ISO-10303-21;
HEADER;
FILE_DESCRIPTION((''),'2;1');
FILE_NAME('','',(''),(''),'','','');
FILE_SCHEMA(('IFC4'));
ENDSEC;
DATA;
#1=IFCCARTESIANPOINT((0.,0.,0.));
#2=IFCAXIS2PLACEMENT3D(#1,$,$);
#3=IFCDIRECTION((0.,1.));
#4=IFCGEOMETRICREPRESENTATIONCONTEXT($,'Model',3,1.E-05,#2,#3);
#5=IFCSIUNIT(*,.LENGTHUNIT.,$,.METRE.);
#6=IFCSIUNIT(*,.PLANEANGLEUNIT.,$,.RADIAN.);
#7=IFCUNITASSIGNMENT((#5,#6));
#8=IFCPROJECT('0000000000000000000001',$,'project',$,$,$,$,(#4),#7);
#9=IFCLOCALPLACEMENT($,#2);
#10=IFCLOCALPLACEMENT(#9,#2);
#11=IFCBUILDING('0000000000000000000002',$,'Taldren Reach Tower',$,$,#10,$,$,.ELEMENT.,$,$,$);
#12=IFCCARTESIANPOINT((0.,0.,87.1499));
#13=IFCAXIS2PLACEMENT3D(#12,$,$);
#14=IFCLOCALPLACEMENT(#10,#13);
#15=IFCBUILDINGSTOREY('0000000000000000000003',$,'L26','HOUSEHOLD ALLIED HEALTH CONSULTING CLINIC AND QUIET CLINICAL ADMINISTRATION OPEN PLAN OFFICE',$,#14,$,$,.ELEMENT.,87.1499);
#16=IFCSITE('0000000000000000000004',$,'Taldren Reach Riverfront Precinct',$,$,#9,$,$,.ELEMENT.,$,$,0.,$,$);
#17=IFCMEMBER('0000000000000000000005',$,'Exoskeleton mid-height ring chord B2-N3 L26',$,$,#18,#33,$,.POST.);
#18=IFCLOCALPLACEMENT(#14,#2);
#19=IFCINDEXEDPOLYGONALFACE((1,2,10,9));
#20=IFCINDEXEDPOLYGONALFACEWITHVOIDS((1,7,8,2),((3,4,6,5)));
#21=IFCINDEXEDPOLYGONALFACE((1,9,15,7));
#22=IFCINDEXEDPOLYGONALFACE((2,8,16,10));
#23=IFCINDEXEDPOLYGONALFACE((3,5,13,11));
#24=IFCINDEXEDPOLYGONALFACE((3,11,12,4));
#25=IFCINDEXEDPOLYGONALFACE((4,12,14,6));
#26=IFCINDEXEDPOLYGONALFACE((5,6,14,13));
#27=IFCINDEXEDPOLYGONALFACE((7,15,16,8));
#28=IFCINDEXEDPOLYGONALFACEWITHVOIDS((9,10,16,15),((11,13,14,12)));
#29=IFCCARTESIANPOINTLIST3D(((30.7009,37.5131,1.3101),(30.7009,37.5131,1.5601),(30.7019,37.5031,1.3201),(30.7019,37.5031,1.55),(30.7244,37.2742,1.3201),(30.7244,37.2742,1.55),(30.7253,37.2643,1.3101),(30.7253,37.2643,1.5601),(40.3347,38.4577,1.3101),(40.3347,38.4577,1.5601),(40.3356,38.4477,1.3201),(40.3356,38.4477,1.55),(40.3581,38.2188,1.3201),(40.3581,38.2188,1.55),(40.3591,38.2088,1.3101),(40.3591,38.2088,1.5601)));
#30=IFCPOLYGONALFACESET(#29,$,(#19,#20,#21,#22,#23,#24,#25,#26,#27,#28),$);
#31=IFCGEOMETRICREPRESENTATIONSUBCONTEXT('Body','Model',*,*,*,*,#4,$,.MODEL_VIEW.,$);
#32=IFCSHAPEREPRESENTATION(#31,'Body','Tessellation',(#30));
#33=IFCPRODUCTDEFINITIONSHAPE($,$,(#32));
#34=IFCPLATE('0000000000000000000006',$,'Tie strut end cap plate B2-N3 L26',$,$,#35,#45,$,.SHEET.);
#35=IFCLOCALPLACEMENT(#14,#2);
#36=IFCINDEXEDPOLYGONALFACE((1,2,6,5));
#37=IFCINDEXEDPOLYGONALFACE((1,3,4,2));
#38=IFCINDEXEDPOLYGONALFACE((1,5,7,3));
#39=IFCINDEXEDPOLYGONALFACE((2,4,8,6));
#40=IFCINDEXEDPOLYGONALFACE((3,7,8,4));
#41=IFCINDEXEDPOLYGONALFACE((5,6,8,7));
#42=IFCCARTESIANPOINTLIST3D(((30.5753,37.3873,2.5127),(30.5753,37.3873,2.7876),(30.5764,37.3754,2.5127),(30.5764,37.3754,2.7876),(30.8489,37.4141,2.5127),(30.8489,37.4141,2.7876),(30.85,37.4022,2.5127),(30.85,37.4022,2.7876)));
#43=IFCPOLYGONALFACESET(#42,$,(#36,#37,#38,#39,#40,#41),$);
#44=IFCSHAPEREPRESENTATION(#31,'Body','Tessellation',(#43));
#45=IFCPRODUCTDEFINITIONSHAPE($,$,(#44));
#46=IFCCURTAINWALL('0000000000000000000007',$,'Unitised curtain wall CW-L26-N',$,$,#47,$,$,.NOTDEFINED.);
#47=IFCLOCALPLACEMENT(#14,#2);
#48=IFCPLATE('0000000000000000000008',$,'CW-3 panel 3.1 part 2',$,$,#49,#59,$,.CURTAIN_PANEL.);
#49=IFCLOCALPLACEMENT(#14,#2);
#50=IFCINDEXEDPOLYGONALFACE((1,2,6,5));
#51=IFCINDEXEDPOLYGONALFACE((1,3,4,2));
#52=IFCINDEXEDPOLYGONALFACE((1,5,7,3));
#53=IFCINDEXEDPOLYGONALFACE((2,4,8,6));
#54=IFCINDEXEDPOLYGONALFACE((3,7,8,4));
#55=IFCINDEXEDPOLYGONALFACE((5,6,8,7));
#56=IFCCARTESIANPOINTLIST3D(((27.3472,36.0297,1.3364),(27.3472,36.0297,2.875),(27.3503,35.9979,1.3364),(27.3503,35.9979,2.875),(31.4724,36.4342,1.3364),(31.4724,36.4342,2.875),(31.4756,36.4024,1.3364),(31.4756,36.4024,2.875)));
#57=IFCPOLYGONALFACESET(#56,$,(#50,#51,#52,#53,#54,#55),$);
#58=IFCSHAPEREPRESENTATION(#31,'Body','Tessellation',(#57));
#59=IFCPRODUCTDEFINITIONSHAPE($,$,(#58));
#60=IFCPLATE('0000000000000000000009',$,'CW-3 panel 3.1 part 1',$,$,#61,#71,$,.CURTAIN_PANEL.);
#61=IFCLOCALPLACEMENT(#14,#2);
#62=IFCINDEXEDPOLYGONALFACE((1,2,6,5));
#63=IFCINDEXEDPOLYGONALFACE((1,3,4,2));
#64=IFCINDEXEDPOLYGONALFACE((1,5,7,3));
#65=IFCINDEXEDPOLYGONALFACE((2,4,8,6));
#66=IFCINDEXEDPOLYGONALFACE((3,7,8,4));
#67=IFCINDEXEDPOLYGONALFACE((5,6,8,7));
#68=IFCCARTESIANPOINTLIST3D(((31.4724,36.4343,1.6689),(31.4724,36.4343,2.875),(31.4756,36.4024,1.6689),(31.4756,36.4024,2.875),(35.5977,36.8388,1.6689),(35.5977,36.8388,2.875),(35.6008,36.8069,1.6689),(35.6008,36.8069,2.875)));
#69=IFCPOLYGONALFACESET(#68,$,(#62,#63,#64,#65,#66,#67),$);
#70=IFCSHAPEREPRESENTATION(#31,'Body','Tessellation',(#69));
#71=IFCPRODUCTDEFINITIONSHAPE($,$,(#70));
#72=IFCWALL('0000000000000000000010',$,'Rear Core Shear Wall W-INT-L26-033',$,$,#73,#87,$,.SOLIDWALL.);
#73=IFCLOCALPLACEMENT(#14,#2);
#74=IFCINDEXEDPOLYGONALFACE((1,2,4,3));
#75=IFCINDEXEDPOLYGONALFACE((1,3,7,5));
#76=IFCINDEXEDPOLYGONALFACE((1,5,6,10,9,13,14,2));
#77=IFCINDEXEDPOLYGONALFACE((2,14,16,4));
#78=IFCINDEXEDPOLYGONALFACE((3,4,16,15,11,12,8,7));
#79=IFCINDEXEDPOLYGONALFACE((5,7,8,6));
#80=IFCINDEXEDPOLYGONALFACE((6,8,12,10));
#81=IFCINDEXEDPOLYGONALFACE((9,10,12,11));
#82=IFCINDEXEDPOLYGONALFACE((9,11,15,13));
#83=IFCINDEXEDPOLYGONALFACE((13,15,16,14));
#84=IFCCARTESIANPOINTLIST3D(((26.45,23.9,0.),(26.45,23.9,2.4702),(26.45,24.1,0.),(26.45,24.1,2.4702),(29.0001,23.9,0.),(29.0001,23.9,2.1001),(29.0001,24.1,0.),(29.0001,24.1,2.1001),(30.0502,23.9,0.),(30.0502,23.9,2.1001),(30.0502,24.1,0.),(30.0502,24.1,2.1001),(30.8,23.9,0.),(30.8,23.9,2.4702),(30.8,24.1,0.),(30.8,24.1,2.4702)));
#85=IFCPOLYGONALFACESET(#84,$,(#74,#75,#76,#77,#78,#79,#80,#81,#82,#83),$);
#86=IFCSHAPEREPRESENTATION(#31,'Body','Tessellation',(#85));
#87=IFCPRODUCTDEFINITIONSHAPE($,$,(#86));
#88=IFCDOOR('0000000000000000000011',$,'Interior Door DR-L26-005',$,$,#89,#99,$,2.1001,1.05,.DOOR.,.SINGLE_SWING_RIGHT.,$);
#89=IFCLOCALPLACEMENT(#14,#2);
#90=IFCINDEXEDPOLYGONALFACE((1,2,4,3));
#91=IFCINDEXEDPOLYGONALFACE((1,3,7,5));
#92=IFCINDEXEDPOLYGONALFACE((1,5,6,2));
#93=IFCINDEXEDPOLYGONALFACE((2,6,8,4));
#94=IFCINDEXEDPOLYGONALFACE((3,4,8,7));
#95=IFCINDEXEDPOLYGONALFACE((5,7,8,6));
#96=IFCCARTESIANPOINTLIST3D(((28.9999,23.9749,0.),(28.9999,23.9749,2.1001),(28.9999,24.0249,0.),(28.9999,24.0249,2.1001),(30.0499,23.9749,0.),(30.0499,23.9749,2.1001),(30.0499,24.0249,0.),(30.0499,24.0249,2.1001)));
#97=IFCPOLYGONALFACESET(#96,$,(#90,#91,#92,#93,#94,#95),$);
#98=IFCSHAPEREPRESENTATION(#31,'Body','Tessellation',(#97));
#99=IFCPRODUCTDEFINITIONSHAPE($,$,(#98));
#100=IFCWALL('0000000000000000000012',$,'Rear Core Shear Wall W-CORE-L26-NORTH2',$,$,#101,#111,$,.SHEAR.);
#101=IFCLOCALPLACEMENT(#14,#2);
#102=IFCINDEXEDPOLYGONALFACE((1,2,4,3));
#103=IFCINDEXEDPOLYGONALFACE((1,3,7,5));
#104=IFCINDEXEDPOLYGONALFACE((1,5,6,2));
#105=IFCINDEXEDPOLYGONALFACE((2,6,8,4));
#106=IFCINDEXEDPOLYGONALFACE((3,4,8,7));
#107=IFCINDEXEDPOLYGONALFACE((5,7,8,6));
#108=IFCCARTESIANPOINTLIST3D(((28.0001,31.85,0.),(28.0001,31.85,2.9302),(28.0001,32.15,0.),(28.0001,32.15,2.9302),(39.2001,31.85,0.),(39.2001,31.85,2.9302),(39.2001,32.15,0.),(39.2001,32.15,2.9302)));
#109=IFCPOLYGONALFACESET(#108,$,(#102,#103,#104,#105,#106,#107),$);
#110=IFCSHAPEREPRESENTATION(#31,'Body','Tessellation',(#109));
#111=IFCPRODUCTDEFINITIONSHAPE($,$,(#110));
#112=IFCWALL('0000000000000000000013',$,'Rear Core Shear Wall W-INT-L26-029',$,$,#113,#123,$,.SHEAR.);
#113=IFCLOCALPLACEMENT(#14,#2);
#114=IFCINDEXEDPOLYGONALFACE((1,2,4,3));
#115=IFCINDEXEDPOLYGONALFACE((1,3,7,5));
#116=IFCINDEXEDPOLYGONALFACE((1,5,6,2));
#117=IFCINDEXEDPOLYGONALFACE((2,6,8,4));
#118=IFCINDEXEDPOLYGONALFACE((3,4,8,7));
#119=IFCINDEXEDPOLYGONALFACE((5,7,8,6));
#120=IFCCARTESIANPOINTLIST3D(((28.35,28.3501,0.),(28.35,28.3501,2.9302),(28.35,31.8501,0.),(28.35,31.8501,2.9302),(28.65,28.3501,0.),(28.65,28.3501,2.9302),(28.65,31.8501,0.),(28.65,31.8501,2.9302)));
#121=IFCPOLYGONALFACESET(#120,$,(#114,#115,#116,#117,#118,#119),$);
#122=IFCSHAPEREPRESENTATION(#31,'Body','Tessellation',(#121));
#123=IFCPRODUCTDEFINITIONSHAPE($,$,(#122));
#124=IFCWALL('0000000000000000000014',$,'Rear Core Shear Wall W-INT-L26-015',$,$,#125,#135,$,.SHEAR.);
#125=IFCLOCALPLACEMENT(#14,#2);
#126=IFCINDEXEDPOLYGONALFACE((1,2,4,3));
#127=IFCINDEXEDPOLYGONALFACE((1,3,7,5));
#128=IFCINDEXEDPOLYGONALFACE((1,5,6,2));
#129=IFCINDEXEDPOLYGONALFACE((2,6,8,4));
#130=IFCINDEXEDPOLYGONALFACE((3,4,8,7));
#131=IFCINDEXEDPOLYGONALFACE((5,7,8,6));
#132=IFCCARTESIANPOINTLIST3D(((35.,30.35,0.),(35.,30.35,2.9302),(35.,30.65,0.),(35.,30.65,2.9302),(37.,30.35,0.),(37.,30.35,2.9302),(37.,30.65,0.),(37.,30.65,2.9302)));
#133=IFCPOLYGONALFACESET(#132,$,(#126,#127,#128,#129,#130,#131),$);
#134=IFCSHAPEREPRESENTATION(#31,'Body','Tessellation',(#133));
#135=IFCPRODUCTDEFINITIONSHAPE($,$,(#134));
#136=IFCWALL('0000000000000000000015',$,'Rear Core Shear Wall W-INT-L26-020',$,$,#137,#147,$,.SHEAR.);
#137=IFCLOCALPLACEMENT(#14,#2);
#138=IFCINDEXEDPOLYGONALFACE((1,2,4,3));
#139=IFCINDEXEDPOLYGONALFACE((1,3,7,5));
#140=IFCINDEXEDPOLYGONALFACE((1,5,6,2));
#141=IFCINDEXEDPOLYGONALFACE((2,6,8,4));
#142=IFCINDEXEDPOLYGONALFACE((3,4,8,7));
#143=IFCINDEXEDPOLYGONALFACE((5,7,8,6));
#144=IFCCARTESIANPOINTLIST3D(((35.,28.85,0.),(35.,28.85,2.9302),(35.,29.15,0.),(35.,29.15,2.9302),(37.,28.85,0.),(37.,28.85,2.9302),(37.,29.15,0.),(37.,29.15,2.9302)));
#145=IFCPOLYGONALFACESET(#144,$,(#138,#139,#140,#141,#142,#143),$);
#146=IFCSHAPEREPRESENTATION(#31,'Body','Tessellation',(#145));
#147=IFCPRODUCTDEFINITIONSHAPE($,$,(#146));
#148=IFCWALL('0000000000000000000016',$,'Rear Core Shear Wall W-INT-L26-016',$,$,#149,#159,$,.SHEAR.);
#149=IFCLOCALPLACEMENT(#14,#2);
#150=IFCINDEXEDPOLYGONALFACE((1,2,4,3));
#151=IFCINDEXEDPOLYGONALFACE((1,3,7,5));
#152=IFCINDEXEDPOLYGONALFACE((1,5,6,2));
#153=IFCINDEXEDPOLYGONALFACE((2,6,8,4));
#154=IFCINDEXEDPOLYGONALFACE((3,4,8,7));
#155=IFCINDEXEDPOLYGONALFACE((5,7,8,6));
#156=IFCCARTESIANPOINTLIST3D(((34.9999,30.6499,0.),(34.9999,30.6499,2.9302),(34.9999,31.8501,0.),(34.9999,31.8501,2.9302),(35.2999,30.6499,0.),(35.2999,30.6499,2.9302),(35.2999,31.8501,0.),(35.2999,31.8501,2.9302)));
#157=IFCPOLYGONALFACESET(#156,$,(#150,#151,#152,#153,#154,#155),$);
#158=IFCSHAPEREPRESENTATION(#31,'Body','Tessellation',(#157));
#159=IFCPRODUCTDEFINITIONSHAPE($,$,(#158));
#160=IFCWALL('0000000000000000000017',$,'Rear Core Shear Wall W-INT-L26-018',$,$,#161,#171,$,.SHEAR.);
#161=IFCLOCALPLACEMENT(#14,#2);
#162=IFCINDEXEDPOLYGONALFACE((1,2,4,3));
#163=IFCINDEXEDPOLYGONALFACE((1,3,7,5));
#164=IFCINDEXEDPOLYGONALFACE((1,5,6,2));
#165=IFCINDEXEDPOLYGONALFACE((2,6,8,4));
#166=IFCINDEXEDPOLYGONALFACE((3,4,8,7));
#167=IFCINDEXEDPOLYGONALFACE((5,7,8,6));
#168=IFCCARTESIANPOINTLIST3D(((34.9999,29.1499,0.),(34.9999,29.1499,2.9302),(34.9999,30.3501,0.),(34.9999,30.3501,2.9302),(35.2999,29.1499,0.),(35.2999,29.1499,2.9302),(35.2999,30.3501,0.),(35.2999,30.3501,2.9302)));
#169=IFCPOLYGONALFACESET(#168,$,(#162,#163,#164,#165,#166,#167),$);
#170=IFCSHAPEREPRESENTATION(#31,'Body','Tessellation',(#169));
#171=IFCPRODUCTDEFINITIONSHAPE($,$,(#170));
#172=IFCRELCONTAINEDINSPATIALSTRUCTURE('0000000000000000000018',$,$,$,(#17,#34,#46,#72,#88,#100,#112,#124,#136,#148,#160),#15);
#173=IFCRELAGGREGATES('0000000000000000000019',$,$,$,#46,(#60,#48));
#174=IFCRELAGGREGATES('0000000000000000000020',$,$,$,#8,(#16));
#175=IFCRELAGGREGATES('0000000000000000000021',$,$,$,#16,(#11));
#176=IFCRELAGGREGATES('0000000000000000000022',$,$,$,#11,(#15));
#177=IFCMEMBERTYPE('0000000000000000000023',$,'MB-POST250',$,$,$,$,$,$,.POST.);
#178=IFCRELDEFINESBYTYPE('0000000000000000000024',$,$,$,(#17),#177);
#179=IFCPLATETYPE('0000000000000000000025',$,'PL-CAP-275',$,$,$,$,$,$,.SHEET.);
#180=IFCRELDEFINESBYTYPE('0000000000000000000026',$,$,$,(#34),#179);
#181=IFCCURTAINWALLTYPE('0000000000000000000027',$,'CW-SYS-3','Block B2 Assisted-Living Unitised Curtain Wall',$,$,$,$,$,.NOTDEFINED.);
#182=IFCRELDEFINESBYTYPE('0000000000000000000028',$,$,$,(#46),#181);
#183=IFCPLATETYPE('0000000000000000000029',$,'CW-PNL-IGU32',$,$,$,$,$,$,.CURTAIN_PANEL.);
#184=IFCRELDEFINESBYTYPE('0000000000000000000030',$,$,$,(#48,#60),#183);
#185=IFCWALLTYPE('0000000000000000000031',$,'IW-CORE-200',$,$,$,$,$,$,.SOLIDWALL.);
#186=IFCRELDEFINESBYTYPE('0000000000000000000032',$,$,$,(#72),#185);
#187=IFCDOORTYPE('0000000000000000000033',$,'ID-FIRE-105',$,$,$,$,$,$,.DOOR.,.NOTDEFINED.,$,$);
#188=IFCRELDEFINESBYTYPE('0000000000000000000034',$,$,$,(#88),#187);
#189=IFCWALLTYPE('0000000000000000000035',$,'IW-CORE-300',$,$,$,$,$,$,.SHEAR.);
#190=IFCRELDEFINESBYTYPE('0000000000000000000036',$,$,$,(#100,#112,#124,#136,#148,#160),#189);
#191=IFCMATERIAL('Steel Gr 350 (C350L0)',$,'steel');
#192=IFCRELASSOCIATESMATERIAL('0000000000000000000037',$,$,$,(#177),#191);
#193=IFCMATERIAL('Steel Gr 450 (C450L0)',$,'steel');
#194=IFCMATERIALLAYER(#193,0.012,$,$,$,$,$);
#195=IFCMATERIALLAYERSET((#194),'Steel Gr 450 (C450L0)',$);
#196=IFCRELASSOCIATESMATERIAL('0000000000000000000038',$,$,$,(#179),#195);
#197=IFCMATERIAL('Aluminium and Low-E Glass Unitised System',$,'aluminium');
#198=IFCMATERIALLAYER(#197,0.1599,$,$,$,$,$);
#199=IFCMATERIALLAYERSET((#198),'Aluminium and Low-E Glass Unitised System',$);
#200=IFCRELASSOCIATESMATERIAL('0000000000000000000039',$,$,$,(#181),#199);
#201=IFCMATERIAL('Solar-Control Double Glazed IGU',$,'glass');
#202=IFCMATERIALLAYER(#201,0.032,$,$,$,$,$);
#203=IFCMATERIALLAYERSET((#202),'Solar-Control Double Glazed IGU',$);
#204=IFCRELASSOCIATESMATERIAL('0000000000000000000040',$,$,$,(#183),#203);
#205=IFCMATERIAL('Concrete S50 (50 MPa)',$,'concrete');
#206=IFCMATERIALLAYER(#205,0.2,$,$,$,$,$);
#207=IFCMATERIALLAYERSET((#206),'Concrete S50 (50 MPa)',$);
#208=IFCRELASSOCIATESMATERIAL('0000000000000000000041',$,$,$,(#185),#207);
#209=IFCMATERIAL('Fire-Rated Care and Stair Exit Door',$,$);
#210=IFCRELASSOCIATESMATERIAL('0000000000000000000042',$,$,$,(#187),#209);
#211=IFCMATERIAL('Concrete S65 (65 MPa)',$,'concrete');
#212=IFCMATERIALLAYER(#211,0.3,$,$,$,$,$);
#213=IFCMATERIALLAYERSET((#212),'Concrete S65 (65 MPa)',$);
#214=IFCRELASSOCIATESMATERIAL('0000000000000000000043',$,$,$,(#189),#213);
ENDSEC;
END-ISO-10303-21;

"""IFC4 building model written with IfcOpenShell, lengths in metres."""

from ifc_helpers import new_model, si_unit, direction, frame, frame_2d, origin, origin_2d, place, context, subcontext, project, spatial, rectangle, hollow_rectangle, extrude, source, transform, mapped, material, layer, layer_set, material_profile, profile_set, type_object, element, fill, aggregate, save


model = new_model("IFC4")

# Units and contexts
model_context = context("Model", 3, precision=1e-05, world=origin(), true_north=direction((0.0, 1.0)))
body_context = subcontext(model_context, "Body", "Model", "MODEL_VIEW")
ifc_project = project(units=[si_unit("LENGTHUNIT", "METRE"), si_unit("PLANEANGLEUNIT", "RADIAN")], contexts=[model_context])

# Site, building, storey
site_placement = place(None, origin())
site = spatial("IfcSite", under=ifc_project, at=site_placement, Name="Taldren Reach Riverfront Precinct", CompositionType="ELEMENT", RefElevation=0.0)
building_placement = place(site_placement, origin())
building = spatial("IfcBuilding", under=site, at=building_placement, Name="Taldren Reach Tower", CompositionType="ELEMENT")
storey_placement = place(building_placement, frame((0.0, 0.0, 87.1499)))
storey = spatial("IfcBuildingStorey", under=building, at=storey_placement, Name="L26", Description="HOUSEHOLD ALLIED HEALTH CONSULTING CLINIC AND QUIET CLINICAL ADMINISTRATION OPEN PLAN OFFICE", CompositionType="ELEMENT", Elevation=87.1499)

# Shared definitions
ifc_material_1 = material(Name="Steel Gr 450 (C450L0)", Category="steel")
ifc_material_2 = material(Name="Steel Gr 350 (C350L0)", Category="steel")
ifc_material_profile_1 = material_profile(ifc_material_2, hollow_rectangle(XDim=0.25, YDim=0.25, WallThickness=0.01, at=origin_2d()), Name="250x250x10.0SHS")
ifc_profile_set_1 = profile_set([ifc_material_profile_1], Name="Steel Gr 350 (C350L0)")
member_type_1 = type_object("IfcMemberType", Name="MB-POST250", PredefinedType="POST", material=ifc_profile_set_1)

# Member
shared_shape_1 = source(origin(), body_context, "Body", "SweptSolid", [
    extrude(hollow_rectangle(XDim=0.25, YDim=0.25, WallThickness=0.01, at=origin_2d()), origin(), (0.0, 0.0, 1.0), 9.6799),
])
member_1_placement = place(storey_placement, frame((30.7131, 37.3887, 1.4351), z_axis=(0.995228, 0.097581, 0.0), x_axis=(-0.097581, 0.995228, 0.0)))
element("IfcMember", 1, at=member_1_placement, inside=storey, type_object=member_type_1, Name="Exoskeleton mid-height ring chord B2-N3 L26", PredefinedType="POST", context=body_context, shape_type="MappedRepresentation", body=[
    mapped(shared_shape_1, transform((0.0, 0.0, 0.0), scale=1.0)),
])

# Plate
ifc_layer_1 = layer(ifc_material_1, 0.012)
ifc_layer_set_1 = layer_set([ifc_layer_1], Name="Steel Gr 450 (C450L0)")
plate_type_1 = type_object("IfcPlateType", Name="PL-CAP-275", PredefinedType="SHEET", material=ifc_layer_set_1)
shared_shape_2 = source(origin(), body_context, "Body", "SweptSolid", [
    extrude(rectangle(XDim=0.2749, YDim=0.012, at=origin_2d()), origin(), (0.0, 0.0, 1.0), 0.2749),
])
plate_1_placement = place(storey_placement, frame((30.7126, 37.3948, 2.5127), z_axis=(0.0, 0.0, 1.0), x_axis=(0.995227, 0.097583, 0.0)))
element("IfcPlate", 2, at=plate_1_placement, inside=storey, type_object=plate_type_1, Name="Tie strut end cap plate B2-N3 L26", PredefinedType="SHEET", context=body_context, shape_type="MappedRepresentation", body=[
    mapped(shared_shape_2, transform((0.0, 0.0, 0.0), scale=1.0)),
])

# Curtain wall, plates
ifc_material_3 = material(Name="Aluminium and Low-E Glass Unitised System", Category="aluminium")
ifc_layer_2 = layer(ifc_material_3, 0.1599)
ifc_layer_set_2 = layer_set([ifc_layer_2], Name="Aluminium and Low-E Glass Unitised System")
curtain_wall_type = type_object("IfcCurtainWallType", Name="CW-SYS-3", Description="Block B2 Assisted-Living Unitised Curtain Wall", PredefinedType="NOTDEFINED", material=ifc_layer_set_2)
curtain_wall_placement = place(storey_placement, origin())
curtain_wall = element("IfcCurtainWall", 3, at=curtain_wall_placement, inside=storey, type_object=curtain_wall_type, Name="Unitised curtain wall CW-L26-N", PredefinedType="NOTDEFINED")
ifc_material_4 = material(Name="Solar-Control Double Glazed IGU", Category="glass")
ifc_layer_3 = layer(ifc_material_4, 0.032)
ifc_layer_set_3 = layer_set([ifc_layer_3], Name="Solar-Control Double Glazed IGU")
plate_type_2 = type_object("IfcPlateType", Name="CW-PNL-IGU32", PredefinedType="CURTAIN_PANEL", material=ifc_layer_set_3)
shared_shape_3 = source(origin(), body_context, "Body", "SweptSolid", [
    extrude(rectangle(XDim=4.145, YDim=0.032, at=origin_2d()), origin(), (0.0, 0.0, 1.0), 1.5386),
])
plate_2_placement = place(storey_placement, frame((29.4114, 36.2161, 1.3364), z_axis=(0.0, 0.0, 1.0), x_axis=(-0.995227, -0.097583, 0.0)))
plate_2 = element("IfcPlate", 4, at=plate_2_placement, type_object=plate_type_2, Name="CW-3 panel 3.1 part 2", PredefinedType="CURTAIN_PANEL", context=body_context, shape_type="MappedRepresentation", body=[
    mapped(shared_shape_3, transform((0.0, 0.0, 0.0), scale=1.0)),
])
shared_shape_4 = source(origin(), body_context, "Body", "SweptSolid", [
    extrude(rectangle(XDim=4.145, YDim=0.032, at=origin_2d()), origin(), (0.0, 0.0, 1.0), 1.2061),
])
plate_3_placement = place(storey_placement, frame((33.5366, 36.6206, 1.6689), z_axis=(0.0, 0.0, 1.0), x_axis=(-0.995227, -0.097583, 0.0)))
plate_3 = element("IfcPlate", 5, at=plate_3_placement, type_object=plate_type_2, Name="CW-3 panel 3.1 part 1", PredefinedType="CURTAIN_PANEL", context=body_context, shape_type="MappedRepresentation", body=[
    mapped(shared_shape_4, transform((0.0, 0.0, 0.0), scale=1.0)),
])
aggregate(curtain_wall, [plate_3, plate_2])

# Wall, opening, door
ifc_material_5 = material(Name="Concrete S50 (50 MPa)", Category="concrete")
ifc_layer_4 = layer(ifc_material_5, 0.2)
ifc_layer_set_4 = layer_set([ifc_layer_4], Name="Concrete S50 (50 MPa)")
wall_type_1 = type_object("IfcWallType", Name="IW-CORE-200", PredefinedType="SOLIDWALL", material=ifc_layer_set_4)
shared_shape_5 = source(origin(), body_context, "Body", "SweptSolid", [
    extrude(rectangle(XDim=4.3501, YDim=0.2, at=frame_2d((2.175, 0.0))), origin(), (0.0, 0.0, 1.0), 2.4702),
])
wall_1_placement = place(storey_placement, frame((30.8, 24.0, 0.0), z_axis=(0.0, 0.0, 1.0), x_axis=(-1.0, 0.0, 0.0)))
wall_1 = element("IfcWall", 6, at=wall_1_placement, inside=storey, type_object=wall_type_1, Name="Rear Core Shear Wall W-INT-L26-033", PredefinedType="SOLIDWALL", context=body_context, shape_type="MappedRepresentation", body=[
    mapped(shared_shape_5, transform((0.0, 0.0, 0.0), scale=1.0)),
])
shared_shape_6 = source(origin(), body_context, "Body", "SweptSolid", [
    extrude(rectangle(XDim=1.05, YDim=2.1001, at=frame_2d((0.5249, 1.05))), frame((0.0, 0.1099, 0.0), z_axis=(0.0, -1.0, 0.0), x_axis=(1.0, 0.0, 0.0)), (0.0, 0.0, 1.0), 0.22),
])
opening_1_placement = place(wall_1_placement, frame((0.75, 0.0, 0.0)))
opening_1 = element("IfcOpeningElement", 7, at=opening_1_placement, cuts=wall_1, PredefinedType="OPENING", context=body_context, shape_type="MappedRepresentation", body=[
    mapped(shared_shape_6, transform((0.0, 0.0, 0.0), scale=1.0)),
])
ifc_material_6 = material(Name="Fire-Rated Care and Stair Exit Door")
door_type_1 = type_object("IfcDoorType", Name="ID-FIRE-105", OperationType="NOTDEFINED", PredefinedType="DOOR", material=ifc_material_6)
shared_shape_7 = source(origin(), body_context, "Body", "SweptSolid", [
    extrude(rectangle(XDim=1.05, YDim=2.1001, at=frame_2d((0.5249, 1.05))), frame((0.0, 0.0249, 0.0), z_axis=(0.0, -1.0, 0.0), x_axis=(1.0, 0.0, 0.0)), (0.0, 0.0, 1.0), 0.05),
])
door_1_placement = place(opening_1_placement, frame((1.05, 0.0, 0.0), z_axis=(0.0, 0.0, 1.0), x_axis=(-1.0, 0.0, 0.0)))
door_1 = element("IfcDoor", 8, at=door_1_placement, inside=storey, type_object=door_type_1, Name="Interior Door DR-L26-005", OperationType="SINGLE_SWING_RIGHT", OverallHeight=2.1001, OverallWidth=1.05, PredefinedType="DOOR", context=body_context, shape_type="MappedRepresentation", body=[
    mapped(shared_shape_7, transform((0.0, 0.0, 0.0), scale=1.0)),
])
fill(opening_1, door_1)

# Walls
ifc_material_7 = material(Name="Concrete S65 (65 MPa)", Category="concrete")
ifc_layer_5 = layer(ifc_material_7, 0.3)
ifc_layer_set_5 = layer_set([ifc_layer_5], Name="Concrete S65 (65 MPa)")
wall_type_2 = type_object("IfcWallType", Name="IW-CORE-300", PredefinedType="SHEAR", material=ifc_layer_set_5)
shared_shape_8 = source(origin(), body_context, "Body", "SweptSolid", [
    extrude(rectangle(XDim=11.2, YDim=0.3, at=frame_2d((5.6001, 0.0))), origin(), (0.0, 0.0, 1.0), 2.9302),
])
wall_2_placement = place(storey_placement, frame((28.0, 32.0, 0.0), z_axis=(0.0, 0.0, 1.0), x_axis=(1.0, 0.0, 0.0)))
element("IfcWall", 9, at=wall_2_placement, inside=storey, type_object=wall_type_2, Name="Rear Core Shear Wall W-CORE-L26-NORTH2", PredefinedType="SHEAR", context=body_context, shape_type="MappedRepresentation", body=[
    mapped(shared_shape_8, transform((0.0, 0.0, 0.0), scale=1.0)),
])
shared_shape_9 = source(origin(), body_context, "Body", "SweptSolid", [
    extrude(rectangle(XDim=3.5, YDim=0.3, at=frame_2d((1.75, 0.0))), origin(), (0.0, 0.0, 1.0), 2.9302),
])
wall_3_placement = place(storey_placement, frame((28.5, 28.3501, 0.0), z_axis=(0.0, 0.0, 1.0), x_axis=(0.0, 1.0, 0.0)))
element("IfcWall", 10, at=wall_3_placement, inside=storey, type_object=wall_type_2, Name="Rear Core Shear Wall W-INT-L26-029", PredefinedType="SHEAR", context=body_context, shape_type="MappedRepresentation", body=[
    mapped(shared_shape_9, transform((0.0, 0.0, 0.0), scale=1.0)),
])
shared_shape_10 = source(origin(), body_context, "Body", "SweptSolid", [
    extrude(rectangle(XDim=2.0, YDim=0.3, at=frame_2d((1.0, 0.0))), origin(), (0.0, 0.0, 1.0), 2.9302),
])
for number, where, z_axis, x_axis, name in (
    (11, (35.0, 30.5, 0.0), (0.0, 0.0, 1.0), (1.0, 0.0, 0.0), "Rear Core Shear Wall W-INT-L26-015"),
    (12, (35.0, 29.0, 0.0), (0.0, 0.0, 1.0), (1.0, 0.0, 0.0), "Rear Core Shear Wall W-INT-L26-020"),
):
    element("IfcWall", number, at=place(storey_placement, frame(where, z_axis=z_axis, x_axis=x_axis)), inside=storey, type_object=wall_type_2, Name=name, PredefinedType="SHEAR", context=body_context, shape_type="MappedRepresentation", body=[
        mapped(shared_shape_10, transform((0.0, 0.0, 0.0), scale=1.0)),
    ])
shared_shape_11 = source(origin(), body_context, "Body", "SweptSolid", [
    extrude(rectangle(XDim=1.2002, YDim=0.3, at=frame_2d((0.6001, 0.0))), origin(), (0.0, 0.0, 1.0), 2.9302),
])
for number, where, z_axis, x_axis, name in (
    (13, (35.1499, 31.8501, 0.0), (0.0, 0.0, 1.0), (0.0, -1.0, 0.0), "Rear Core Shear Wall W-INT-L26-016"),
    (14, (35.1499, 30.3501, 0.0), (0.0, 0.0, 1.0), (0.0, -1.0, 0.0), "Rear Core Shear Wall W-INT-L26-018"),
):
    element("IfcWall", number, at=place(storey_placement, frame(where, z_axis=z_axis, x_axis=x_axis)), inside=storey, type_object=wall_type_2, Name=name, PredefinedType="SHEAR", context=body_context, shape_type="MappedRepresentation", body=[
        mapped(shared_shape_11, transform((0.0, 0.0, 0.0), scale=1.0)),
    ])

save(model, "model.ifc")
